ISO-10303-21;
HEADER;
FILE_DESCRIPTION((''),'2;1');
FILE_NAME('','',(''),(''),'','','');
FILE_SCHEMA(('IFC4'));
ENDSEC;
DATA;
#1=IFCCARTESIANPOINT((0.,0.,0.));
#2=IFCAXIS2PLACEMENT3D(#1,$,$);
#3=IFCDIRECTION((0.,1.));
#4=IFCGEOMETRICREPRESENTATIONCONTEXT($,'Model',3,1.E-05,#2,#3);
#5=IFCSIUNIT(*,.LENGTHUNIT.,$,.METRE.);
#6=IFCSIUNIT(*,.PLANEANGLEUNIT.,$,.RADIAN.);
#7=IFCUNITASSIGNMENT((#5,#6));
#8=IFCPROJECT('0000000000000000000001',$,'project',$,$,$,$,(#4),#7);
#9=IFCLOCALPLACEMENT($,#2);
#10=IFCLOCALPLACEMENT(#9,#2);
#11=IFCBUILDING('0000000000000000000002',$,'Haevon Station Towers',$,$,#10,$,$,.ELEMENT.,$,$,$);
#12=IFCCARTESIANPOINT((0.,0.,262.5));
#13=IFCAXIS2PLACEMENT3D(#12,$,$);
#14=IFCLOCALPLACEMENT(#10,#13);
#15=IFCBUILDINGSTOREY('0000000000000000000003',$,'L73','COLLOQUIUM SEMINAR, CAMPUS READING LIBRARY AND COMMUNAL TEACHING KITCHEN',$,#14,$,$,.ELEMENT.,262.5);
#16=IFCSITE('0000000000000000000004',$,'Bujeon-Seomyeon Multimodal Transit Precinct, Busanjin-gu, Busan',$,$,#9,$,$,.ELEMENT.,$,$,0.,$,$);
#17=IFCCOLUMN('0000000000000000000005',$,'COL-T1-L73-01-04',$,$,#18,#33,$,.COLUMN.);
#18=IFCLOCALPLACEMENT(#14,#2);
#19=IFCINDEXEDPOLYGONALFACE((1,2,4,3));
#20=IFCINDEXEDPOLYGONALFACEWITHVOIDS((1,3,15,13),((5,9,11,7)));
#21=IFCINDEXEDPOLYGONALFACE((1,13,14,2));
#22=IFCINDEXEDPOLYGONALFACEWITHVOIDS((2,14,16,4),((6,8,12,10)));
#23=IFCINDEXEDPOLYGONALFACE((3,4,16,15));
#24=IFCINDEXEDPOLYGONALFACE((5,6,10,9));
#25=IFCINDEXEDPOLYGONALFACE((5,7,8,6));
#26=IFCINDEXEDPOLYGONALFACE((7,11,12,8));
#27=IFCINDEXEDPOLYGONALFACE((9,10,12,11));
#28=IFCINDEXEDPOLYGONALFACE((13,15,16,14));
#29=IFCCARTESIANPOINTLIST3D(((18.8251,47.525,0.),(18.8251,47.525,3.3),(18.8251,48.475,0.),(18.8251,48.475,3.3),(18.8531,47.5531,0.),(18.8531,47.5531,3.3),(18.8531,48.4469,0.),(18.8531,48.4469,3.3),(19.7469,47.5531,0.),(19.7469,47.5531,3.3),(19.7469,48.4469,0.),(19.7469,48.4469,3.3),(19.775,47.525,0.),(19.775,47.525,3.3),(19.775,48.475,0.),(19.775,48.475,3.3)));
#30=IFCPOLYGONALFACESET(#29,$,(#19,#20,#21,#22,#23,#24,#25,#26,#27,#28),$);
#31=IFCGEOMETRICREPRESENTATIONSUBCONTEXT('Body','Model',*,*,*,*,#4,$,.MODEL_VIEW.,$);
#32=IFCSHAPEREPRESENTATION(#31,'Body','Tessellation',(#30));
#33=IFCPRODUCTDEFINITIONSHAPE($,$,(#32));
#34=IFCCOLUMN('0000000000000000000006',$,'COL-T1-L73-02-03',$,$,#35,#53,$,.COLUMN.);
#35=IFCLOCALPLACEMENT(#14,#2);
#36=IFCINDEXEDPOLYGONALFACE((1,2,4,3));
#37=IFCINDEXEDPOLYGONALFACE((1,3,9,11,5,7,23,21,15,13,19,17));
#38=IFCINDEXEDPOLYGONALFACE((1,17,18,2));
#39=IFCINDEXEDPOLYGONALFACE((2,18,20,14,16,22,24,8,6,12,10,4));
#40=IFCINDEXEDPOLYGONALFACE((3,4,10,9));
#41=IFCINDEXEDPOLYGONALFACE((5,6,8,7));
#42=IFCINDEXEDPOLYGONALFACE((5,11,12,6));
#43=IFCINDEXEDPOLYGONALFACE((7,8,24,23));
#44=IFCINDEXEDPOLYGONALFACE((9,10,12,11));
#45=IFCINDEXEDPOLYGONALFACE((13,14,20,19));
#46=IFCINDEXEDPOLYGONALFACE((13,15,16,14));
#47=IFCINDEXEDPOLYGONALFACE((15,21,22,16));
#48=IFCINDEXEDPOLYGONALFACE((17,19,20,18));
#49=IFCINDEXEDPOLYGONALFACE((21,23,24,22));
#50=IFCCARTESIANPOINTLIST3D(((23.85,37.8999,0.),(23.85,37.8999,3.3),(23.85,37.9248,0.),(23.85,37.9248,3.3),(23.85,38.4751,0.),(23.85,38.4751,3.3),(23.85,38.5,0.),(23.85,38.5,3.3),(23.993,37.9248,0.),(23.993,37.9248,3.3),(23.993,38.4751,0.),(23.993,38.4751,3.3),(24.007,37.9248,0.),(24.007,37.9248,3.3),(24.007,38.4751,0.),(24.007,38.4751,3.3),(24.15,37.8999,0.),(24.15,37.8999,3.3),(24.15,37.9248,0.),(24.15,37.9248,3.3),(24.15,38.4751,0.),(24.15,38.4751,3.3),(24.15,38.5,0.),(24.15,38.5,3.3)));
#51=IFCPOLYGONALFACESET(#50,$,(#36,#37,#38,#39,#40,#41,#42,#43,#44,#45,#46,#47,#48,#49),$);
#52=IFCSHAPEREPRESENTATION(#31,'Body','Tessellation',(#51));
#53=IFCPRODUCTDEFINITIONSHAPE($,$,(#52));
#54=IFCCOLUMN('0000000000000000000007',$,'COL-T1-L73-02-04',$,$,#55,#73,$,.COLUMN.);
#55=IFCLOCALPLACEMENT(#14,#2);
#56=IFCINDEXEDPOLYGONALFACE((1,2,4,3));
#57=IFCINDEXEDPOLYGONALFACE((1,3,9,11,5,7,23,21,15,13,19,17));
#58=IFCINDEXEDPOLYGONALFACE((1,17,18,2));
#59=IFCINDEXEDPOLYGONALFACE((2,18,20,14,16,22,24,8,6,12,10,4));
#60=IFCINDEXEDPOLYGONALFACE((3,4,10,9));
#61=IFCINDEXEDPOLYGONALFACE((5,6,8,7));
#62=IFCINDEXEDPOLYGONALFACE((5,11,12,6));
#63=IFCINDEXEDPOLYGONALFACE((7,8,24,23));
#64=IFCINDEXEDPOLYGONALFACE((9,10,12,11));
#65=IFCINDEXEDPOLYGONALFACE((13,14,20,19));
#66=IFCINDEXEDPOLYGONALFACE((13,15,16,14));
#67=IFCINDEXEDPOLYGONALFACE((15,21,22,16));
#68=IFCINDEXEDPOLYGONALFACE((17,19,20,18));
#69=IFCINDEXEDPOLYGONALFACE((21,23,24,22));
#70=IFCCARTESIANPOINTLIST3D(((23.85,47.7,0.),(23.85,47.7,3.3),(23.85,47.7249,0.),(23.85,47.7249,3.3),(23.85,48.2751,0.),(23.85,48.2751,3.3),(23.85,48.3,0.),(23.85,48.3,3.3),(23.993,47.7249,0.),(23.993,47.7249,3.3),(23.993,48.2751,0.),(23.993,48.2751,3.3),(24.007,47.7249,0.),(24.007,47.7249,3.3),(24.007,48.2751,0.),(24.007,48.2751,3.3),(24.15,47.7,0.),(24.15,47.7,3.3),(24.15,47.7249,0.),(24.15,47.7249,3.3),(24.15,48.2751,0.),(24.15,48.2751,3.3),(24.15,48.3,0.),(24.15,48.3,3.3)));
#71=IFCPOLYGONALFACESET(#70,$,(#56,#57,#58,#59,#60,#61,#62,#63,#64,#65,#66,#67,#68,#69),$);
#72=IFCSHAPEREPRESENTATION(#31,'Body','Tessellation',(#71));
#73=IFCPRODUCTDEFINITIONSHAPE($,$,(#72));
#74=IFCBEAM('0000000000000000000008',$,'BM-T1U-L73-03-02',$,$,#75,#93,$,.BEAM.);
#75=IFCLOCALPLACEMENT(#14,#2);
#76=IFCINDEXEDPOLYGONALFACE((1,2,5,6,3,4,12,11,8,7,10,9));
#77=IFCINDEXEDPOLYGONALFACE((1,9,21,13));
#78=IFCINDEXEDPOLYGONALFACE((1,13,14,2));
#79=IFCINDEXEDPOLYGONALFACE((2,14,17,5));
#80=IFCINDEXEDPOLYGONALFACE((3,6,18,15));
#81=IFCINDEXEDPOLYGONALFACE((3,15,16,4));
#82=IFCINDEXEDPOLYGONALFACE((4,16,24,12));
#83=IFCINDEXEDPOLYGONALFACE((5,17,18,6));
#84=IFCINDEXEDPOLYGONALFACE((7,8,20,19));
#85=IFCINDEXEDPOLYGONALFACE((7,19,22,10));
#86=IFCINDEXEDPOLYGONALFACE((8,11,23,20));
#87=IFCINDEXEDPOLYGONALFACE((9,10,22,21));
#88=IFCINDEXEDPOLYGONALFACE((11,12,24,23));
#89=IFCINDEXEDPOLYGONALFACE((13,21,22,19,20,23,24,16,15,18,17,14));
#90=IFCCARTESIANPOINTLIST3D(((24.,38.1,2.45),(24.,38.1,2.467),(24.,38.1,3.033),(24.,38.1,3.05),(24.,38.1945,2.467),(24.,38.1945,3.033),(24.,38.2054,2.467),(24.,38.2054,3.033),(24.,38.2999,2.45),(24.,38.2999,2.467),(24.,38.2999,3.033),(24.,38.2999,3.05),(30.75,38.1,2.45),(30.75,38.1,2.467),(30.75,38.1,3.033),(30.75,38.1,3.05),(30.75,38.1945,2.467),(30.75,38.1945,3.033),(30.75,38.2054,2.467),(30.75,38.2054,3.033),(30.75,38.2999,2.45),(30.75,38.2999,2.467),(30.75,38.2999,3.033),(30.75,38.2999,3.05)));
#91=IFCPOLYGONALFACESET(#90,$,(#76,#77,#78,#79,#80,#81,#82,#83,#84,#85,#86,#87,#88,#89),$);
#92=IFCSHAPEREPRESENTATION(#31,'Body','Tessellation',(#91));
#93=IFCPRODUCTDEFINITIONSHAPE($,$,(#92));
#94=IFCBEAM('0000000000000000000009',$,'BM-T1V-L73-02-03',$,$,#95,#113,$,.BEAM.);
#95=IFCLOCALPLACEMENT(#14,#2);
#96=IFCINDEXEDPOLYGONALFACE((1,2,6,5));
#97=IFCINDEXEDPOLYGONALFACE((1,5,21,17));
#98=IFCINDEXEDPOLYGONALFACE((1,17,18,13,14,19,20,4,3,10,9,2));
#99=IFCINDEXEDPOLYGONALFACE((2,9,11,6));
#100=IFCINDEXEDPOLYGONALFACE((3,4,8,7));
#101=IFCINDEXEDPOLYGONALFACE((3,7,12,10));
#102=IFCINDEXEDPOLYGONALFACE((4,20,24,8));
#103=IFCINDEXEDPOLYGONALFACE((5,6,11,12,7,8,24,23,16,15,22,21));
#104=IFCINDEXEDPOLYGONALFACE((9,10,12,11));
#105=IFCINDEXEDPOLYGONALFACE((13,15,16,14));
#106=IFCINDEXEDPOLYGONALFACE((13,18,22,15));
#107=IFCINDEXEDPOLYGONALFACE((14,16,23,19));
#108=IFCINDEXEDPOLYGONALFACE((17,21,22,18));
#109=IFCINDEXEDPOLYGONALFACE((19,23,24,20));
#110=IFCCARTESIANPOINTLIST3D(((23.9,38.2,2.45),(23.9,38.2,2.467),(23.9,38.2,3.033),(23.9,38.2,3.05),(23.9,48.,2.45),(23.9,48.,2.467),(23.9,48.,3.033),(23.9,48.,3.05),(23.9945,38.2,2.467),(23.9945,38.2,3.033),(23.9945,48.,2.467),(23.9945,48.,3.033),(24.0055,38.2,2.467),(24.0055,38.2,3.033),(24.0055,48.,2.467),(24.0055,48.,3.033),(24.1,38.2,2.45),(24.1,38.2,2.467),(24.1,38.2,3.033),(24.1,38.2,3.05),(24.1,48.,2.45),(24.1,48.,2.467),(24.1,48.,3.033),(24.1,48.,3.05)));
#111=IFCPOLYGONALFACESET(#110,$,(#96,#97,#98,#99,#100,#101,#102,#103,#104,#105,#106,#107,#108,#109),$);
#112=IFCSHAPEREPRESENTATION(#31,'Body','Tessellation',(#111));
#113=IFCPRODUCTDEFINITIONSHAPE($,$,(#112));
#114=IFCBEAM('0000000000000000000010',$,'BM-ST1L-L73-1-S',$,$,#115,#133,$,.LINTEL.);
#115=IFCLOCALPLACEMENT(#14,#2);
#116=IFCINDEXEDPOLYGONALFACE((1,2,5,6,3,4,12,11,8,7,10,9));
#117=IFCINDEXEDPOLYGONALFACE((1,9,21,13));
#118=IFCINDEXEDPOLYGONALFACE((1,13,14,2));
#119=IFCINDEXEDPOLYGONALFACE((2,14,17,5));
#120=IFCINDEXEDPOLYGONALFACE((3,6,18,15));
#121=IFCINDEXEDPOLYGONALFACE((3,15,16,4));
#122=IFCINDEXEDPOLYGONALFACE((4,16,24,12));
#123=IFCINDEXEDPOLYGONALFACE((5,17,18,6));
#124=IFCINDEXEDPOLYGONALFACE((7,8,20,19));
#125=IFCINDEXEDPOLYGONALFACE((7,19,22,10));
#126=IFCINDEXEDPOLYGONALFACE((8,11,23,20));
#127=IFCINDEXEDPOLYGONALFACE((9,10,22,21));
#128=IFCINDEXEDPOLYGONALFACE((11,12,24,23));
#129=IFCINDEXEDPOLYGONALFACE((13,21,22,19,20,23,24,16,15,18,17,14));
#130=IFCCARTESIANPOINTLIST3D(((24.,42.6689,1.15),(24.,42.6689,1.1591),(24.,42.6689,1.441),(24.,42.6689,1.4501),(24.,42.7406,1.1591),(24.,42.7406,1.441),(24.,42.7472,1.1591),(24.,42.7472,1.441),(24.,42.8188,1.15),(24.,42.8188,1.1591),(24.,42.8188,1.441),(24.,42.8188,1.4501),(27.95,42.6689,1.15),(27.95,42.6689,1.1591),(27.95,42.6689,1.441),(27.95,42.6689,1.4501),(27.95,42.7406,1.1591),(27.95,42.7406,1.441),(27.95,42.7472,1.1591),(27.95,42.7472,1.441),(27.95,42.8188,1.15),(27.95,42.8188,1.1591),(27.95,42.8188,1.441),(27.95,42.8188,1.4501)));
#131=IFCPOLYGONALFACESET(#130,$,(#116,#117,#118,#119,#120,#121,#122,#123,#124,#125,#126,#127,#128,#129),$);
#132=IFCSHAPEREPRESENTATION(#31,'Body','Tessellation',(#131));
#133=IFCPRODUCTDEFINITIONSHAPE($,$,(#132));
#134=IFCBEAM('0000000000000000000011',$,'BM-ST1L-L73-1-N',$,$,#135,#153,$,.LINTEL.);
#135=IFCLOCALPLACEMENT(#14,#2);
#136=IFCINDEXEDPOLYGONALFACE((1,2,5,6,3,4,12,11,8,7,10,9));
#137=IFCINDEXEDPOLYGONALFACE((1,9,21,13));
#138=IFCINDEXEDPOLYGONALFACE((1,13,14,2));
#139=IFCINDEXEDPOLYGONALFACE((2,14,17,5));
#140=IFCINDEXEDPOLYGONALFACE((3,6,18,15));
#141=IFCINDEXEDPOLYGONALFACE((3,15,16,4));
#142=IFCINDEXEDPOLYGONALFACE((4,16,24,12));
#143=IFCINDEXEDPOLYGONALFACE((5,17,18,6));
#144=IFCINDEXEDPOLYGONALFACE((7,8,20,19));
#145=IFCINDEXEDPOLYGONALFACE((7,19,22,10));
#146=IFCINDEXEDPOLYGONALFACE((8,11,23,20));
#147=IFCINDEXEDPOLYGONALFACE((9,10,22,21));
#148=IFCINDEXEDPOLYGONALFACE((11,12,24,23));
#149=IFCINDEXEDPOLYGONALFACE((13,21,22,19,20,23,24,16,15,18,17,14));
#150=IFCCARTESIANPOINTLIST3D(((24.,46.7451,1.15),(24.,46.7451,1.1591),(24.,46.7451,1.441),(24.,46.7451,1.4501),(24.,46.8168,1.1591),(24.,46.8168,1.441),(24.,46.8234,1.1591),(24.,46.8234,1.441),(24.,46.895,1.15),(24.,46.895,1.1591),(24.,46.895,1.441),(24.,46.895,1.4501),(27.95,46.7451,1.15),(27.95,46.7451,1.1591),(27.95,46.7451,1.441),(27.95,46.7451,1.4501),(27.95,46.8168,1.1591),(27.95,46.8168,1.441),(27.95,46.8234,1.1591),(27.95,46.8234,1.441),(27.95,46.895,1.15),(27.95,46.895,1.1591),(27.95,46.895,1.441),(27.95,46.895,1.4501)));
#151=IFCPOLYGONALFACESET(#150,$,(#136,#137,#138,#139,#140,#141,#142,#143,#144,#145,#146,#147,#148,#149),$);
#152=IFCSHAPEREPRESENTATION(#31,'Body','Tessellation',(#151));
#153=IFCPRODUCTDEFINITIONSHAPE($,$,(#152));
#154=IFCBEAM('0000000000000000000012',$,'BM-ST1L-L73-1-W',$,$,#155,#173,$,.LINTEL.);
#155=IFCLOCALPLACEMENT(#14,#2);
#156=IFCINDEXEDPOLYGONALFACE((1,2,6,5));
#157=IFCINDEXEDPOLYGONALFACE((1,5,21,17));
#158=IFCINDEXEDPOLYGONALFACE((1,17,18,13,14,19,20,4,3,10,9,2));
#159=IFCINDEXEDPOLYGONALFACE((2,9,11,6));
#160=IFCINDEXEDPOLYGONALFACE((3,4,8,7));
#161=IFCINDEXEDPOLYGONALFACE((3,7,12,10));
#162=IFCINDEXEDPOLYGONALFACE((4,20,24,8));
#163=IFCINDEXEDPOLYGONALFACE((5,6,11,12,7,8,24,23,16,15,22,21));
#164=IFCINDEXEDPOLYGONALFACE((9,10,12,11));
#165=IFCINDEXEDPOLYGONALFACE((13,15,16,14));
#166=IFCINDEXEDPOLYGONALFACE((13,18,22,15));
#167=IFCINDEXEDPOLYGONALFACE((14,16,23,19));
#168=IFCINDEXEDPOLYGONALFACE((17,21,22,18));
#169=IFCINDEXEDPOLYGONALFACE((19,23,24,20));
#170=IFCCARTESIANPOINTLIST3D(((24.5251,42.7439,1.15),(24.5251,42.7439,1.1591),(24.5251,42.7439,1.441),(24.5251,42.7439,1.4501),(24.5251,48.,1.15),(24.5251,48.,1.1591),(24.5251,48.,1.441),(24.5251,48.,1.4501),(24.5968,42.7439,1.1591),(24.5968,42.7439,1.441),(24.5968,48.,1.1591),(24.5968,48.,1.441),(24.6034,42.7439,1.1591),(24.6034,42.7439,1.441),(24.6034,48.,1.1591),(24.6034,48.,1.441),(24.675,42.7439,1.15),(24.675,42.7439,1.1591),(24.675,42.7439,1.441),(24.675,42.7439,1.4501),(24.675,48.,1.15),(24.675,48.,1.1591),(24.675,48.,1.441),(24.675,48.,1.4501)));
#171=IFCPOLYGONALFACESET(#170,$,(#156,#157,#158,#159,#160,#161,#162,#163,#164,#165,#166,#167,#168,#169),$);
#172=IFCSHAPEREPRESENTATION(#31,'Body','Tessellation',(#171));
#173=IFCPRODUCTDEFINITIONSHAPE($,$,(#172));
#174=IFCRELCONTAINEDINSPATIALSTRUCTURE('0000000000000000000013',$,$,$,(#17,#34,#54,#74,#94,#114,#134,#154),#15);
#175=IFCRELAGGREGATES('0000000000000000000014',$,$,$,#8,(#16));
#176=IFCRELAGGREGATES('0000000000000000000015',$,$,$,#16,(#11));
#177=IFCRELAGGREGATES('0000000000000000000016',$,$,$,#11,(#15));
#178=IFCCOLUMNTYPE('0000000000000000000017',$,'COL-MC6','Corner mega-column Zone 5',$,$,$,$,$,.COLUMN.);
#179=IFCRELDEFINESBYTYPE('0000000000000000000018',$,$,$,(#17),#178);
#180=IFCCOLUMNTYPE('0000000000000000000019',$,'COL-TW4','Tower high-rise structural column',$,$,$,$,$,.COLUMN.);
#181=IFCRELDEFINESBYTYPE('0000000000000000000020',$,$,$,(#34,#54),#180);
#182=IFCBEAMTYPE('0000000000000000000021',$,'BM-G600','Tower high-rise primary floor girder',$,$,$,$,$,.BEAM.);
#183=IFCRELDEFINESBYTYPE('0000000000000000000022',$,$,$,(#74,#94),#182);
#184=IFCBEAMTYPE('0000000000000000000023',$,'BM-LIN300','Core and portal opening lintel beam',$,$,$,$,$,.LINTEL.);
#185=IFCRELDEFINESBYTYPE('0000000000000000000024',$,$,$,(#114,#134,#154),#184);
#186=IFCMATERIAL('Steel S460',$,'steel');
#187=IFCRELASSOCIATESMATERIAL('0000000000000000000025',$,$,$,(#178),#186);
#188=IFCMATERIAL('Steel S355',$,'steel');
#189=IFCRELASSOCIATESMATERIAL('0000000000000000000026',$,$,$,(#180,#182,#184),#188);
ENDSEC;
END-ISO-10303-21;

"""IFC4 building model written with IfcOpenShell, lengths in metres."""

from ifc_helpers import new_model, si_unit, direction, frame, origin, origin_2d, place, context, subcontext, project, spatial, hollow_rectangle, i_section, extrude, material, material_profile, profile_set, type_object, element, save


model = new_model("IFC4")

# Units and contexts
model_context = context("Model", 3, precision=1e-05, world=origin(), true_north=direction((0.0, 1.0)))
body_context = subcontext(model_context, "Body", "Model", "MODEL_VIEW")
ifc_project = project(units=[si_unit("LENGTHUNIT", "METRE"), si_unit("PLANEANGLEUNIT", "RADIAN")], contexts=[model_context])

# Site, building, storey
site_placement = place(None, origin())
site = spatial("IfcSite", under=ifc_project, at=site_placement, Name="Bujeon-Seomyeon Multimodal Transit Precinct, Busanjin-gu, Busan", CompositionType="ELEMENT", RefElevation=0.0)
building_placement = place(site_placement, origin())
building = spatial("IfcBuilding", under=site, at=building_placement, Name="Haevon Station Towers", CompositionType="ELEMENT")
storey_placement = place(building_placement, frame((0.0, 0.0, 262.5)))
storey = spatial("IfcBuildingStorey", under=building, at=storey_placement, Name="L73", Description="COLLOQUIUM SEMINAR, CAMPUS READING LIBRARY AND COMMUNAL TEACHING KITCHEN", CompositionType="ELEMENT", Elevation=262.5)

# Columns
ifc_material_1 = material(Name="Steel S460", Category="steel")
ifc_material_profile_1 = material_profile(ifc_material_1, hollow_rectangle(XDim=0.95, YDim=0.95, WallThickness=0.0281, at=origin_2d()), Name="BOX-950x950x28")
ifc_profile_set_1 = profile_set([ifc_material_profile_1], Name="Steel S460")
column_type_1 = type_object("IfcColumnType", Name="COL-MC6", Description="Corner mega-column Zone 5", PredefinedType="COLUMN", material=ifc_profile_set_1)
column_placement = place(storey_placement, frame((19.3, 48.0, 0.0), z_axis=(0.0, 0.0, 1.0), x_axis=(1.0, 0.0, 0.0)))
element("IfcColumn", 1, at=column_placement, inside=storey, type_object=column_type_1, Name="COL-T1-L73-01-04", PredefinedType="COLUMN", context=body_context, shape_type="SweptSolid", body=[
    extrude(hollow_rectangle(XDim=0.95, YDim=0.95, WallThickness=0.0281, at=origin_2d()), origin(), (0.0, 0.0, 1.0), 3.3),
])
ifc_material_2 = material(Name="Steel S355", Category="steel")
ifc_material_profile_2 = material_profile(ifc_material_2, i_section(OverallWidth=0.3, OverallDepth=0.6001, WebThickness=0.0139, FlangeThickness=0.0249, at=origin_2d()), Name="H-600x300x14x25")
ifc_profile_set_2 = profile_set([ifc_material_profile_2], Name="Steel S355")
column_type_2 = type_object("IfcColumnType", Name="COL-TW4", Description="Tower high-rise structural column", PredefinedType="COLUMN", material=ifc_profile_set_2)
for number, where, z_axis, x_axis, name in (
    (2, (24.0, 38.2, 0.0), (0.0, 0.0, 1.0), (1.0, 0.0, 0.0), "COL-T1-L73-02-03"),
    (3, (24.0, 48.0, 0.0), (0.0, 0.0, 1.0), (1.0, 0.0, 0.0), "COL-T1-L73-02-04"),
):
    element("IfcColumn", number, at=place(storey_placement, frame(where, z_axis=z_axis, x_axis=x_axis)), inside=storey, type_object=column_type_2, Name=name, PredefinedType="COLUMN", context=body_context, shape_type="SweptSolid", body=[
        extrude(i_section(OverallWidth=0.3, OverallDepth=0.6001, WebThickness=0.0139, FlangeThickness=0.0249, at=origin_2d()), origin(), (0.0, 0.0, 1.0), 3.3),
    ])

# Beams
ifc_material_profile_3 = material_profile(ifc_material_2, i_section(OverallWidth=0.2, OverallDepth=0.6001, WebThickness=0.011, FlangeThickness=0.0171, at=origin_2d()), Name="H-600x200x11x17")
ifc_profile_set_3 = profile_set([ifc_material_profile_3], Name="Steel S355")
beam_type_1 = type_object("IfcBeamType", Name="BM-G600", Description="Tower high-rise primary floor girder", PredefinedType="BEAM", material=ifc_profile_set_3)
beam_1_placement = place(storey_placement, frame((24.0, 38.2, 2.75), z_axis=(1.0, 0.0, 0.0), x_axis=(0.0, 1.0, 0.0)))
element("IfcBeam", 4, at=beam_1_placement, inside=storey, type_object=beam_type_1, Name="BM-T1U-L73-03-02", PredefinedType="BEAM", context=body_context, shape_type="SweptSolid", body=[
    extrude(i_section(OverallWidth=0.2, OverallDepth=0.6001, WebThickness=0.011, FlangeThickness=0.0171, at=origin_2d()), origin(), (0.0, 0.0, 1.0), 6.75),
])
beam_2_placement = place(storey_placement, frame((24.0, 38.2, 2.75), z_axis=(0.0, 1.0, 0.0), x_axis=(-1.0, 0.0, 0.0)))
element("IfcBeam", 5, at=beam_2_placement, inside=storey, type_object=beam_type_1, Name="BM-T1V-L73-02-03", PredefinedType="BEAM", context=body_context, shape_type="SweptSolid", body=[
    extrude(i_section(OverallWidth=0.2, OverallDepth=0.6001, WebThickness=0.011, FlangeThickness=0.0171, at=origin_2d()), origin(), (0.0, 0.0, 1.0), 9.8),
])
ifc_material_profile_4 = material_profile(ifc_material_2, i_section(OverallWidth=0.1499, OverallDepth=0.3, WebThickness=0.0066, FlangeThickness=0.009, at=origin_2d()), Name="H-300x150x6.5x9")
ifc_profile_set_4 = profile_set([ifc_material_profile_4], Name="Steel S355")
beam_type_2 = type_object("IfcBeamType", Name="BM-LIN300", Description="Core and portal opening lintel beam", PredefinedType="LINTEL", material=ifc_profile_set_4)
for number, where, z_axis, x_axis, name in (
    (6, (24.0, 42.7439, 1.3), (1.0, 0.0, 0.0), (0.0, 1.0, 0.0), "BM-ST1L-L73-1-S"),
    (7, (24.0, 46.8201, 1.3), (1.0, 0.0, 0.0), (0.0, 1.0, 0.0), "BM-ST1L-L73-1-N"),
):
    element("IfcBeam", number, at=place(storey_placement, frame(where, z_axis=z_axis, x_axis=x_axis)), inside=storey, type_object=beam_type_2, Name=name, PredefinedType="LINTEL", context=body_context, shape_type="SweptSolid", body=[
        extrude(i_section(OverallWidth=0.1499, OverallDepth=0.3, WebThickness=0.0066, FlangeThickness=0.009, at=origin_2d()), origin(), (0.0, 0.0, 1.0), 3.95),
    ])
beam_3_placement = place(storey_placement, frame((24.6001, 42.7439, 1.3), z_axis=(0.0, 1.0, 0.0), x_axis=(-1.0, 0.0, 0.0)))
element("IfcBeam", 8, at=beam_3_placement, inside=storey, type_object=beam_type_2, Name="BM-ST1L-L73-1-W", PredefinedType="LINTEL", context=body_context, shape_type="SweptSolid", body=[
    extrude(i_section(OverallWidth=0.1499, OverallDepth=0.3, WebThickness=0.0066, FlangeThickness=0.009, at=origin_2d()), origin(), (0.0, 0.0, 1.0), 5.2561),
])

save(model, "model.ifc")
